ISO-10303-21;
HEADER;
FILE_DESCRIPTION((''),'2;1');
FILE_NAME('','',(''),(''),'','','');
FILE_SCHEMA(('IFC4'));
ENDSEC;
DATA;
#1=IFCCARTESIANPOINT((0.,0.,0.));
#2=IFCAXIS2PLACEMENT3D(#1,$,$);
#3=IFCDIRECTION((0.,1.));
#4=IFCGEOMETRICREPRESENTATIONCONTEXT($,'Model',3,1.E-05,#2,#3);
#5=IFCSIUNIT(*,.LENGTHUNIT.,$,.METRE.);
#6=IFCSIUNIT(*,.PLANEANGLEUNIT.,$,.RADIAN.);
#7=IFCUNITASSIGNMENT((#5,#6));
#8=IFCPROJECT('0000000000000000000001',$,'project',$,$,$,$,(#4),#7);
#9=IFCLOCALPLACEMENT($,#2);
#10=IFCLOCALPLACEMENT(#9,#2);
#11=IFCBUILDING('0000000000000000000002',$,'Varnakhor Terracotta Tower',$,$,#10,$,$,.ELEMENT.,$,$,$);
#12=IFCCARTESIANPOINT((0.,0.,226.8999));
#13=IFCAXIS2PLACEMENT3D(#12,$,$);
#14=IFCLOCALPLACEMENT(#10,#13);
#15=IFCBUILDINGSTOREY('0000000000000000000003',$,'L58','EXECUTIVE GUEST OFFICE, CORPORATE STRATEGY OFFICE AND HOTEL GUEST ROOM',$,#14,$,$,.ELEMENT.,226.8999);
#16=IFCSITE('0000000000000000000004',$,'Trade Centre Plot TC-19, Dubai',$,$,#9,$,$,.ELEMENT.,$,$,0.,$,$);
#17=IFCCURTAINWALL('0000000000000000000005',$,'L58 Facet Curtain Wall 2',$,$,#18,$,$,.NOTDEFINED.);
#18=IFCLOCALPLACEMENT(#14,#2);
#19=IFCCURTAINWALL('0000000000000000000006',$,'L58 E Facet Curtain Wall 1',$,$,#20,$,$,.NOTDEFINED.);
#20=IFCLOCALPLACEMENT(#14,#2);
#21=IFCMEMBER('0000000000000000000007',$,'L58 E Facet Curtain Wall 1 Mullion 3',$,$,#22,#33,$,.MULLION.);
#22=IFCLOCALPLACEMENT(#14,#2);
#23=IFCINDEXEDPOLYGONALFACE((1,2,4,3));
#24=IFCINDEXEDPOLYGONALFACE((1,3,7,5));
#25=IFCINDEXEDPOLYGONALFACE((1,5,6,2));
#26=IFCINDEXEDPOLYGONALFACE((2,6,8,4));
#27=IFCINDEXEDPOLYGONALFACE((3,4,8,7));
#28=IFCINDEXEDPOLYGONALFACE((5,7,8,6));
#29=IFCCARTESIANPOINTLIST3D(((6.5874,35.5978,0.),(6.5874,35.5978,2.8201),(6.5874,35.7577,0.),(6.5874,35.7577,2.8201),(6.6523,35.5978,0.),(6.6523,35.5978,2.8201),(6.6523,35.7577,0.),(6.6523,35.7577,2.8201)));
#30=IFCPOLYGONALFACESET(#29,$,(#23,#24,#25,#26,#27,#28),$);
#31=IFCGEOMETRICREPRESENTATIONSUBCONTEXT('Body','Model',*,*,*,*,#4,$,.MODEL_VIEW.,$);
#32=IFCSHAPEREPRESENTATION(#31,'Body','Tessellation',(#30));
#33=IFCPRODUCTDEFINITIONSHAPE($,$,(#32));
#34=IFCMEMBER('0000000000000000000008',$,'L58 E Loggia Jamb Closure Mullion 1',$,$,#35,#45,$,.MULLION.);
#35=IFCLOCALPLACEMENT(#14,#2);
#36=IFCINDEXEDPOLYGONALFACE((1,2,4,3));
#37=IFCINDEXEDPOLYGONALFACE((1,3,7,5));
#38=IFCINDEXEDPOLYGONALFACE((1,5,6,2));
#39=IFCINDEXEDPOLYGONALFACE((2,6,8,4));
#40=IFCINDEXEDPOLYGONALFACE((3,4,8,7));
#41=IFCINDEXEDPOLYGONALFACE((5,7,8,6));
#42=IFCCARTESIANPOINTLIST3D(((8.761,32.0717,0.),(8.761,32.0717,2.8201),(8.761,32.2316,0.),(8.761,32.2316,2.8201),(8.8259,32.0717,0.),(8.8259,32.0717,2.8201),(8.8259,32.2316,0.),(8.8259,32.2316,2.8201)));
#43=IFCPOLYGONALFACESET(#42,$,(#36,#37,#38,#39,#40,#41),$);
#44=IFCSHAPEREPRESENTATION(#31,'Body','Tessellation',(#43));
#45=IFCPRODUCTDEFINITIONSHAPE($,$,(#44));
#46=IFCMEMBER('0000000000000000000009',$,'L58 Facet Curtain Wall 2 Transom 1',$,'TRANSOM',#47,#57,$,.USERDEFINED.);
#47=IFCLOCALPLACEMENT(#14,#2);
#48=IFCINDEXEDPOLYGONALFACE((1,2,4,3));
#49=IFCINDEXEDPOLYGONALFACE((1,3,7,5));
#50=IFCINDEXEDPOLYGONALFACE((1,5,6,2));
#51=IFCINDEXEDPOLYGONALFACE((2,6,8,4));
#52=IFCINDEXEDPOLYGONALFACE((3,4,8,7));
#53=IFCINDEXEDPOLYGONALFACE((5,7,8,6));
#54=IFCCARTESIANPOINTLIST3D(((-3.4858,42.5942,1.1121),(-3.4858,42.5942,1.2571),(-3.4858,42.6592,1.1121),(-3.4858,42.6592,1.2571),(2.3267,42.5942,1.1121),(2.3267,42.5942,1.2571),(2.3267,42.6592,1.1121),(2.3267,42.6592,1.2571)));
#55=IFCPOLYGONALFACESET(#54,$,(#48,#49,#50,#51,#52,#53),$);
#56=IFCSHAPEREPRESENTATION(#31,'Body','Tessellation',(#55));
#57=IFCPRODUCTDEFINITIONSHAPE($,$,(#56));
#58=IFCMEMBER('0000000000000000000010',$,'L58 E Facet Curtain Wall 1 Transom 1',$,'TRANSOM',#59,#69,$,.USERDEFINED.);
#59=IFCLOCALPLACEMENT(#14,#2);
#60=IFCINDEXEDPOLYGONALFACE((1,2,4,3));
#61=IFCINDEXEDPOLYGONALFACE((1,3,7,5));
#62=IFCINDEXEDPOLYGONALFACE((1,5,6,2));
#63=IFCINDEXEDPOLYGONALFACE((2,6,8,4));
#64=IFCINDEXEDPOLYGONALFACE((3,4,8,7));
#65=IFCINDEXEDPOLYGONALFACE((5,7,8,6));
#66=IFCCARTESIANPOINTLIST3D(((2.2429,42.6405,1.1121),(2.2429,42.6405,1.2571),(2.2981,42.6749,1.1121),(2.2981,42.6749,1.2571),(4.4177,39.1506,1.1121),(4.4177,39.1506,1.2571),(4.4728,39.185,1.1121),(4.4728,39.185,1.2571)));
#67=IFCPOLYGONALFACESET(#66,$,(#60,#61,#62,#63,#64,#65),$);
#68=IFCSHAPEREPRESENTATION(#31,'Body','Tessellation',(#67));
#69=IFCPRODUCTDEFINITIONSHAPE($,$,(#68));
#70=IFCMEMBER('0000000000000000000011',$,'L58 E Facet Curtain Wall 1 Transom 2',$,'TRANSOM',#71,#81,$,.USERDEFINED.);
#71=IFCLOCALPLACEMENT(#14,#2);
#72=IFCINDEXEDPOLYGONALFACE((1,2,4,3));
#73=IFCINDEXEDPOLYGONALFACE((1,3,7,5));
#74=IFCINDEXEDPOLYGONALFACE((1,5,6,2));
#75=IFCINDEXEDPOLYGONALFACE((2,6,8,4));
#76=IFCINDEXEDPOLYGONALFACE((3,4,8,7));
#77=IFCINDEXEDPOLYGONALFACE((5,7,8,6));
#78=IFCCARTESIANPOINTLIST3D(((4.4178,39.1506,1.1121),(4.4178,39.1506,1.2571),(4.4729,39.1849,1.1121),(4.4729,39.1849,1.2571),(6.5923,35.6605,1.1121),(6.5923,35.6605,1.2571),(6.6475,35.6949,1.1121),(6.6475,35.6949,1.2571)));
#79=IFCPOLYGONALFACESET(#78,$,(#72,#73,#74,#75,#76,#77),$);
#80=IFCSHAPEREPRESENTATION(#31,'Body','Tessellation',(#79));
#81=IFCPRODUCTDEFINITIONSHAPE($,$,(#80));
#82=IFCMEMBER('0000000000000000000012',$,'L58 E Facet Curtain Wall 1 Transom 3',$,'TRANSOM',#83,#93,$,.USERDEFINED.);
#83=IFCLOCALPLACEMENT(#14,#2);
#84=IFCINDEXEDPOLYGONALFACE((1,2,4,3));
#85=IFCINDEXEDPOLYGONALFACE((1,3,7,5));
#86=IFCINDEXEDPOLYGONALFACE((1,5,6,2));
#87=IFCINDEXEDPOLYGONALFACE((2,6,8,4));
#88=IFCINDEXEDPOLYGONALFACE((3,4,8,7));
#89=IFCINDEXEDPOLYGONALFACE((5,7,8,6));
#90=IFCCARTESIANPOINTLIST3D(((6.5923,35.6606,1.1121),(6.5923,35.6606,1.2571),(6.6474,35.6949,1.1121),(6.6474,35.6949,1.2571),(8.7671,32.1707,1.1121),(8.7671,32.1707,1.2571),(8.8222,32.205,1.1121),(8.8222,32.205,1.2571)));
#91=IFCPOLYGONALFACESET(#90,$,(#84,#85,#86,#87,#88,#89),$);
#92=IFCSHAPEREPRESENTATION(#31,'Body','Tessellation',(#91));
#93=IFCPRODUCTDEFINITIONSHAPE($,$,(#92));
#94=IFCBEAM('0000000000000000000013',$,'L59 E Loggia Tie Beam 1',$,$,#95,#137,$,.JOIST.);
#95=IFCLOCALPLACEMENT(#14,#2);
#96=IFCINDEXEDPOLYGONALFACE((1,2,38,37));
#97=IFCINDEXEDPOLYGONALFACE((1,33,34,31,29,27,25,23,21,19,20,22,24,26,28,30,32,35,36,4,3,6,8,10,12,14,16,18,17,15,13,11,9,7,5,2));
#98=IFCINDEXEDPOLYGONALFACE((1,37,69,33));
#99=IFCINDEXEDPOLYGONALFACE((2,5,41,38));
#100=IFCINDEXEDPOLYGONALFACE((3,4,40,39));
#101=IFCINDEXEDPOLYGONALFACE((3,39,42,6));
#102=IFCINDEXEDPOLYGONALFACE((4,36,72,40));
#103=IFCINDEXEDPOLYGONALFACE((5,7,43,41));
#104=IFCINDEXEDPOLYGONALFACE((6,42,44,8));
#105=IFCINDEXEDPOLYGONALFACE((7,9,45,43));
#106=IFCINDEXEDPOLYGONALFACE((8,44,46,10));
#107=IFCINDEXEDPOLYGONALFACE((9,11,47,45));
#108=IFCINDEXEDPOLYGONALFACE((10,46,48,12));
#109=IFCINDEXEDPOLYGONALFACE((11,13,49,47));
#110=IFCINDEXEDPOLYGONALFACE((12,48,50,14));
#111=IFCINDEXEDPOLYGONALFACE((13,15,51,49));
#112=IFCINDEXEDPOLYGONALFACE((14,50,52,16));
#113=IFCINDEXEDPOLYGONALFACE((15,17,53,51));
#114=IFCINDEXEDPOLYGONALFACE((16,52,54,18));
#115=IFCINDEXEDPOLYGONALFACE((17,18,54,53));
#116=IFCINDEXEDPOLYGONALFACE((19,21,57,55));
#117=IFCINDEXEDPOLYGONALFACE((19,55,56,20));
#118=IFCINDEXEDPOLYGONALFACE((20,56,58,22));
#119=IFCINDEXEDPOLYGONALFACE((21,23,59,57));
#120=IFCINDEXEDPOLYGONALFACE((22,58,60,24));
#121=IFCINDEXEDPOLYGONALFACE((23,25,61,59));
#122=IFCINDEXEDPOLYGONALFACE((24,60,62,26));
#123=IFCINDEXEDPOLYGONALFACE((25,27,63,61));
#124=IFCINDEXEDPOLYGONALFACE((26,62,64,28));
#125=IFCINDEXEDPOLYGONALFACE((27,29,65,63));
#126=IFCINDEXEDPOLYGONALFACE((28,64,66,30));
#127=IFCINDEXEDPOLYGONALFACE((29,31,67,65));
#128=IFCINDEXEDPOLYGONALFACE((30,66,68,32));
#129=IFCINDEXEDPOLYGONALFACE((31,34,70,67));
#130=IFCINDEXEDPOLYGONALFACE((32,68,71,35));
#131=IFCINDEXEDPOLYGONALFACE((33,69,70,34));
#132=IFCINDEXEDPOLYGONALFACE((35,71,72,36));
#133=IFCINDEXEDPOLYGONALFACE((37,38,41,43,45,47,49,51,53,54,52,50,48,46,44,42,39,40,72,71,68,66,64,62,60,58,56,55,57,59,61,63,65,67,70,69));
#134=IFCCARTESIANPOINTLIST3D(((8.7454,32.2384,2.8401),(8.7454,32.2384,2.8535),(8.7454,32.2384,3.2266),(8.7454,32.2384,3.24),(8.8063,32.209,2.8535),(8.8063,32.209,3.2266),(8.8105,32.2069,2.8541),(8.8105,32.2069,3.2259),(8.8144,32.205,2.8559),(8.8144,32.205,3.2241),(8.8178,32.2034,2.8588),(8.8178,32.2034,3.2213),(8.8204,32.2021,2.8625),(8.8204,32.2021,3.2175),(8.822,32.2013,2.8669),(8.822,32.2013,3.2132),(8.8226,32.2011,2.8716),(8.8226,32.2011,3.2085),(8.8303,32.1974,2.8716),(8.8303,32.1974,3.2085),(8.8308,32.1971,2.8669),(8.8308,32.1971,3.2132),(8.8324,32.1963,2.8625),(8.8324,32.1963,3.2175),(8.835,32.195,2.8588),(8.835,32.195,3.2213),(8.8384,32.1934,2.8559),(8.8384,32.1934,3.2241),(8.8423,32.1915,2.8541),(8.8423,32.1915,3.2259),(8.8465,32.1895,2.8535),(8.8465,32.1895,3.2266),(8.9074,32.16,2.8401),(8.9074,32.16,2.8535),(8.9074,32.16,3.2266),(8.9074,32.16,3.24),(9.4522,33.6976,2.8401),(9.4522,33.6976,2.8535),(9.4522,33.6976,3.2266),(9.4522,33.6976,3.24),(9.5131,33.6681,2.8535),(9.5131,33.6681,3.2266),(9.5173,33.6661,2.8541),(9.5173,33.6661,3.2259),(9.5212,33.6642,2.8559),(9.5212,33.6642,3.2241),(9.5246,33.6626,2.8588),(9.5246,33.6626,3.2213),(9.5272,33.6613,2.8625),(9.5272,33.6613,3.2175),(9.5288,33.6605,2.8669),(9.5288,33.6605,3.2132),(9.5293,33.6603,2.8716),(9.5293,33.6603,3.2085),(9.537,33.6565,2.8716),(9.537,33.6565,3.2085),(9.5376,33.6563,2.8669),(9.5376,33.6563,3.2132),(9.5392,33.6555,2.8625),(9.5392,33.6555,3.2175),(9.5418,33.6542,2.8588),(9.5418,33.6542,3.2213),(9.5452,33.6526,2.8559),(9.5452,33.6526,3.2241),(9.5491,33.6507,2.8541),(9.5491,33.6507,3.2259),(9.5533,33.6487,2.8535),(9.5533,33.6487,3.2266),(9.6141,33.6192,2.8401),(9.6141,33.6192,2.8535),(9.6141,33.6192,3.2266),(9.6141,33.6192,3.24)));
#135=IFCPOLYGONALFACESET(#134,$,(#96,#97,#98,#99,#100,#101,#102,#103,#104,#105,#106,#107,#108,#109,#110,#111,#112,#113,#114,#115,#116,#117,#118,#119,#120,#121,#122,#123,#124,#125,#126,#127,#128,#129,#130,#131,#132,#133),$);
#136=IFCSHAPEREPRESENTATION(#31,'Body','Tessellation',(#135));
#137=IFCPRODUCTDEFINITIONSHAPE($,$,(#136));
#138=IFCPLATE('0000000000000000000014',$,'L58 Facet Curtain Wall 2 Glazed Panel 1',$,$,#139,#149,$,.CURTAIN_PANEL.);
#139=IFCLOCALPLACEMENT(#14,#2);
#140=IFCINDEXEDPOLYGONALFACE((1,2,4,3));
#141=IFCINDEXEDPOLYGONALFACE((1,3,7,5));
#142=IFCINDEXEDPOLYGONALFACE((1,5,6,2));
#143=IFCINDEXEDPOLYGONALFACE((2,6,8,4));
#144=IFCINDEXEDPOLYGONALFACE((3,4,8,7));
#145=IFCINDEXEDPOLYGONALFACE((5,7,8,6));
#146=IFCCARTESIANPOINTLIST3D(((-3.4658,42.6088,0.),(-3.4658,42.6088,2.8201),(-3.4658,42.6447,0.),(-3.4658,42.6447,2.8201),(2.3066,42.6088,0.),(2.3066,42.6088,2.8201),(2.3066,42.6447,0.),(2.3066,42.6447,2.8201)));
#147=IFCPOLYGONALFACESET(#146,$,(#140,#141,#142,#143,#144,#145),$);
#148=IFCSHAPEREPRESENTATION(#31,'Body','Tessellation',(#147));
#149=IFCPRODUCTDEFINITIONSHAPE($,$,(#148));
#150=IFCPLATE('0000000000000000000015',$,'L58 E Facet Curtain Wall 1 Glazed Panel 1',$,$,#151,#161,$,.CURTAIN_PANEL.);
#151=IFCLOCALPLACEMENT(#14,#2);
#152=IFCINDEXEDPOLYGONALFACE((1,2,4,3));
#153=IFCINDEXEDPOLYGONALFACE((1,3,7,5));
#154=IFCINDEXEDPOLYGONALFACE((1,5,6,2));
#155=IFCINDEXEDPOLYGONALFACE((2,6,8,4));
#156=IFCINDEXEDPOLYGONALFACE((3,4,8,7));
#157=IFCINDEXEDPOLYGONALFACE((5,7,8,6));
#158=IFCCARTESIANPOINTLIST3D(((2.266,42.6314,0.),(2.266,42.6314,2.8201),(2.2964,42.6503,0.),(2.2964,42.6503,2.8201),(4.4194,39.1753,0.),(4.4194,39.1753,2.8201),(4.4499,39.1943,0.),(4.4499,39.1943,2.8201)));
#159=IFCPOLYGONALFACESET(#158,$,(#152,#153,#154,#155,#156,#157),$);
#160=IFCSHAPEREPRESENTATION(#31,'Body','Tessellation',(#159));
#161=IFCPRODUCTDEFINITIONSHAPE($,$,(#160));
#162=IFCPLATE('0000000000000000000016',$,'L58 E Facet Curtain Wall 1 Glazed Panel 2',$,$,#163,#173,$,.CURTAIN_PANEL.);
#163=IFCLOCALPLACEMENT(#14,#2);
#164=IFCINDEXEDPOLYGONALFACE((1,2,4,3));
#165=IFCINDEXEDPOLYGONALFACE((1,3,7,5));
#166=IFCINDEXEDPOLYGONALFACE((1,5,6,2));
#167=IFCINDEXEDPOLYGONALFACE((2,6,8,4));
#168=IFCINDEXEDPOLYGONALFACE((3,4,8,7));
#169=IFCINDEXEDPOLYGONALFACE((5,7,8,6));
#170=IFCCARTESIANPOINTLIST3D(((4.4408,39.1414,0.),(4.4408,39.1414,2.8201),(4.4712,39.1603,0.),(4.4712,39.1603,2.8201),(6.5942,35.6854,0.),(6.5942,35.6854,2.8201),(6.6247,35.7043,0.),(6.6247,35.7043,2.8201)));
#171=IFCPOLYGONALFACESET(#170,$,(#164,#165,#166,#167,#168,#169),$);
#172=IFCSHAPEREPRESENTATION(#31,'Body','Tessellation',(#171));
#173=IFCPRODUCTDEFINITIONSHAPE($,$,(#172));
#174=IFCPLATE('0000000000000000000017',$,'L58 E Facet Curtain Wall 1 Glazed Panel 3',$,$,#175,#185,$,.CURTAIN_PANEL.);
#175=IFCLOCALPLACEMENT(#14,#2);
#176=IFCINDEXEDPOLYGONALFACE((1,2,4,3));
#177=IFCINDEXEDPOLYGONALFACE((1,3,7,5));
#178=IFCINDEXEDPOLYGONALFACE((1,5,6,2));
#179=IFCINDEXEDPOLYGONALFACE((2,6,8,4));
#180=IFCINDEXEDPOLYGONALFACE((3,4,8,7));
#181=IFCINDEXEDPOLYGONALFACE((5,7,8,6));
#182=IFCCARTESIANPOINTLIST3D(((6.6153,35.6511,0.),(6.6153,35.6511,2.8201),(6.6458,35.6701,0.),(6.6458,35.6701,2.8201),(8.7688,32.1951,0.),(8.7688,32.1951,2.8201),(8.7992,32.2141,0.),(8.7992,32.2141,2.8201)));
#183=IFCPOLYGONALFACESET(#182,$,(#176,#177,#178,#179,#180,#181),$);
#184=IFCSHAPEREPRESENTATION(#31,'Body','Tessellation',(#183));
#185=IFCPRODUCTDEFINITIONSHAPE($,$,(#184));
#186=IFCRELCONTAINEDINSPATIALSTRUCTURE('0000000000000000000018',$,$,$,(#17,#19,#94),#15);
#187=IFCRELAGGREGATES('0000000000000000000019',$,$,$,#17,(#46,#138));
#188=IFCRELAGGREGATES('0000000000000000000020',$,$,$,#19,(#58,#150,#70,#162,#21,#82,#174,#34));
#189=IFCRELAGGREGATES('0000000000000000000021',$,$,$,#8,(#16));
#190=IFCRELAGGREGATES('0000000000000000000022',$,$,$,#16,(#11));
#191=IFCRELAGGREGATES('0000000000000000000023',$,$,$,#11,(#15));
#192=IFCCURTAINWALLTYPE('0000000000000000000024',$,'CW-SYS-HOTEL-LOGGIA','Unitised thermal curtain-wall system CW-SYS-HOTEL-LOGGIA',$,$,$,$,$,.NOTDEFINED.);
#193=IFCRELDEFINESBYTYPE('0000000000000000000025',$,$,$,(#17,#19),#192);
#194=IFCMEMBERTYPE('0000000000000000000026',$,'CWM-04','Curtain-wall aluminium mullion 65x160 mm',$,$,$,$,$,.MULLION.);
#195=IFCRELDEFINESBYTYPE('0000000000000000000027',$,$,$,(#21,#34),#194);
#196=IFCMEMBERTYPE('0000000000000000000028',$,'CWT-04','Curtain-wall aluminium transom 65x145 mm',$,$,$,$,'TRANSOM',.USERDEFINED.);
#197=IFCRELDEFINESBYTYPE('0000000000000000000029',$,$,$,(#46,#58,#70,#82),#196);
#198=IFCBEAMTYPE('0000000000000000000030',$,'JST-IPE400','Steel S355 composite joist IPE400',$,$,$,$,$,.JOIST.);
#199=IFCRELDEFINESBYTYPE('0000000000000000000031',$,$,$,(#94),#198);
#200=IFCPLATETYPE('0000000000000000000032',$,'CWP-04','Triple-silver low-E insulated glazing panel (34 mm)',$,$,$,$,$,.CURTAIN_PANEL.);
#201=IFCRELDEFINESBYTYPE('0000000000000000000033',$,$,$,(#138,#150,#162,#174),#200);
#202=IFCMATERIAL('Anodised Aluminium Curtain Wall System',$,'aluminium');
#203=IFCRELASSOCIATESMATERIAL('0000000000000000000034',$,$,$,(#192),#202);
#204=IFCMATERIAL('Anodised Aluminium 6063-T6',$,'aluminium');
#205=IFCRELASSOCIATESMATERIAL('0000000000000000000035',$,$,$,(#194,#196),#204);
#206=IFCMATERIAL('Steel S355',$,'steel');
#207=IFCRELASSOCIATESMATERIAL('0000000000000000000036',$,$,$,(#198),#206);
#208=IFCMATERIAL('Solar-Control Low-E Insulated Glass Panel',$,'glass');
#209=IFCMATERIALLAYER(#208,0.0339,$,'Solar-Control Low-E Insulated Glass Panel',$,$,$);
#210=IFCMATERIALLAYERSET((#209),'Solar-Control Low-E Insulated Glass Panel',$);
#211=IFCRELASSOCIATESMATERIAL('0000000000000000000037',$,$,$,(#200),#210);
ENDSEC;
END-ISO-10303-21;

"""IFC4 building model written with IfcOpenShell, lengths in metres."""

from ifc_helpers import new_model, si_unit, direction, frame, origin, origin_2d, place, context, subcontext, project, spatial, rectangle, i_section, extrude, source, transform, mapped, material, layer, layer_set, material_profile, profile_set, type_object, type_shapes, element, aggregate, save


model = new_model("IFC4")

# Units and contexts
model_context = context("Model", 3, precision=1e-05, world=origin(), true_north=direction((0.0, 1.0)))
body_context = subcontext(model_context, "Body", "Model", "MODEL_VIEW")
ifc_project = project(units=[si_unit("LENGTHUNIT", "METRE"), si_unit("PLANEANGLEUNIT", "RADIAN")], contexts=[model_context])

# Site, building, storey
site_placement = place(None, origin())
site = spatial("IfcSite", under=ifc_project, at=site_placement, Name="Trade Centre Plot TC-19, Dubai", CompositionType="ELEMENT", RefElevation=0.0)
building_placement = place(site_placement, origin())
building = spatial("IfcBuilding", under=site, at=building_placement, Name="Varnakhor Terracotta Tower", CompositionType="ELEMENT")
storey_placement = place(building_placement, frame((0.0, 0.0, 226.8999)))
storey = spatial("IfcBuildingStorey", under=building, at=storey_placement, Name="L58", Description="EXECUTIVE GUEST OFFICE, CORPORATE STRATEGY OFFICE AND HOTEL GUEST ROOM", CompositionType="ELEMENT", Elevation=226.8999)

# Shared definitions
ifc_material_1 = material(Name="Steel S355", Category="steel")

# Curtain wall
ifc_material_2 = material(Name="Anodised Aluminium Curtain Wall System", Category="aluminium")
curtain_wall_type = type_object("IfcCurtainWallType", Name="CW-SYS-HOTEL-LOGGIA", Description="Unitised thermal curtain-wall system CW-SYS-HOTEL-LOGGIA", PredefinedType="NOTDEFINED", material=ifc_material_2)
curtain_wall_1_placement = place(storey_placement, origin())
curtain_wall_1 = element("IfcCurtainWall", 1, at=curtain_wall_1_placement, inside=storey, type_object=curtain_wall_type, Name="L58 Facet Curtain Wall 2", PredefinedType="NOTDEFINED")
ifc_material_3 = material(Name="Anodised Aluminium 6063-T6", Category="aluminium")
ifc_material_profile_1 = material_profile(ifc_material_3, rectangle(XDim=0.0649, YDim=0.1599, at=origin_2d()), Name="ALU MULLION 65x160")
ifc_profile_set_1 = profile_set([ifc_material_profile_1], Name="Anodised Aluminium 6063-T6")
member_type_1 = type_object("IfcMemberType", Name="CWM-04", Description="Curtain-wall aluminium mullion 65x160 mm", PredefinedType="MULLION", material=ifc_profile_set_1)
shared_shape_1 = source(origin(), body_context, "Body", "SweptSolid", [
    extrude(rectangle(XDim=0.0649, YDim=0.1599, at=origin_2d()), origin(), (0.0, 0.0, 1.0), 2.8201),
])
type_shapes(member_type_1, [shared_shape_1])

# Curtain wall, members
curtain_wall_2_placement = place(storey_placement, origin())
curtain_wall_2 = element("IfcCurtainWall", 2, at=curtain_wall_2_placement, inside=storey, type_object=curtain_wall_type, Name="L58 E Facet Curtain Wall 1", PredefinedType="NOTDEFINED")
member_1_placement = place(storey_placement, frame((6.6199, 35.6777, 0.0), z_axis=(0.0, 0.0, 1.0), x_axis=(1.0, 0.0, 0.0)))
member_1 = element("IfcMember", 3, at=member_1_placement, type_object=member_type_1, Name="L58 E Facet Curtain Wall 1 Mullion 3", PredefinedType="MULLION", context=body_context, shape_type="MappedRepresentation", body=[
    mapped(shared_shape_1, transform((0.0, 0.0, 0.0), scale=1.0)),
])
member_2_placement = place(storey_placement, frame((8.7935, 32.1516, 0.0), z_axis=(0.0, 0.0, 1.0), x_axis=(1.0, 0.0, 0.0)))
member_2 = element("IfcMember", 4, at=member_2_placement, type_object=member_type_1, Name="L58 E Loggia Jamb Closure Mullion 1", PredefinedType="MULLION", context=body_context, shape_type="MappedRepresentation", body=[
    mapped(shared_shape_1, transform((0.0, 0.0, 0.0), scale=1.0)),
])

# Members
ifc_material_profile_2 = material_profile(ifc_material_3, rectangle(XDim=0.0649, YDim=0.145, at=origin_2d()), Name="ALU TRANSOM 65x145")
ifc_profile_set_2 = profile_set([ifc_material_profile_2], Name="Anodised Aluminium 6063-T6")
member_type_2 = type_object("IfcMemberType", Name="CWT-04", Description="Curtain-wall aluminium transom 65x145 mm", ElementType="TRANSOM", PredefinedType="USERDEFINED", material=ifc_profile_set_2)
shared_shape_2 = source(origin(), body_context, "Body", "SweptSolid", [
    extrude(rectangle(XDim=0.0649, YDim=0.145, at=origin_2d()), origin(), (0.0, 0.0, 1.0), 5.8125),
])
member_3_placement = place(storey_placement, frame((-3.4858, 42.6267, 1.1846), z_axis=(1.0, 0.0, 0.0), x_axis=(0.0, 1.0, 0.0)))
member_3 = element("IfcMember", 5, at=member_3_placement, type_object=member_type_2, Name="L58 Facet Curtain Wall 2 Transom 1", ObjectType="TRANSOM", PredefinedType="USERDEFINED", context=body_context, shape_type="MappedRepresentation", body=[
    mapped(shared_shape_2, transform((0.0, 0.0, 0.0), scale=1.0)),
])
shared_shape_3 = source(origin(), body_context, "Body", "SweptSolid", [
    extrude(rectangle(XDim=0.0649, YDim=0.145, at=origin_2d()), origin(), (0.0, 0.0, 1.0), 4.1121),
])
member_4_placement = place(storey_placement, frame((2.2705, 42.6577, 1.1846), z_axis=(0.528872, -0.848701, 0.0), x_axis=(0.848701, 0.528872, 0.0)))
member_4 = element("IfcMember", 6, at=member_4_placement, type_object=member_type_2, Name="L58 E Facet Curtain Wall 1 Transom 1", ObjectType="TRANSOM", PredefinedType="USERDEFINED", context=body_context, shape_type="MappedRepresentation", body=[
    mapped(shared_shape_3, transform((0.0, 0.0, 0.0), scale=1.0)),
])
member_5_placement = place(storey_placement, frame((4.4453, 39.1677, 1.1846), z_axis=(0.52883, -0.848728, 0.0), x_axis=(0.848728, 0.52883, 0.0)))
member_5 = element("IfcMember", 7, at=member_5_placement, type_object=member_type_2, Name="L58 E Facet Curtain Wall 1 Transom 2", ObjectType="TRANSOM", PredefinedType="USERDEFINED", context=body_context, shape_type="MappedRepresentation", body=[
    mapped(shared_shape_3, transform((0.0, 0.0, 0.0), scale=1.0)),
])
member_6_placement = place(storey_placement, frame((6.6199, 35.6777, 1.1846), z_axis=(0.528872, -0.848701, 0.0), x_axis=(0.848701, 0.528872, 0.0)))
member_6 = element("IfcMember", 8, at=member_6_placement, type_object=member_type_2, Name="L58 E Facet Curtain Wall 1 Transom 3", ObjectType="TRANSOM", PredefinedType="USERDEFINED", context=body_context, shape_type="MappedRepresentation", body=[
    mapped(shared_shape_3, transform((0.0, 0.0, 0.0), scale=1.0)),
])

# Beam
ifc_material_profile_3 = material_profile(ifc_material_1, i_section(OverallWidth=0.1799, OverallDepth=0.3999, WebThickness=0.0085, FlangeThickness=0.0134, FilletRadius=0.0181, at=origin_2d()), Name="IPE400")
ifc_profile_set_3 = profile_set([ifc_material_profile_3], Name="Steel S355")
beam_type_1 = type_object("IfcBeamType", Name="JST-IPE400", Description="Steel S355 composite joist IPE400", PredefinedType="JOIST", material=ifc_profile_set_3)
shared_shape_4 = source(origin(), body_context, "Body", "SweptSolid", [
    extrude(i_section(OverallWidth=0.1799, OverallDepth=0.3999, WebThickness=0.0085, FlangeThickness=0.0134, FilletRadius=0.0181, at=origin_2d()), origin(), (0.0, 0.0, 1.0), 1.6213),
])
beam_1_placement = place(storey_placement, frame((8.8264, 32.1992, 3.04), z_axis=(0.435915, 0.899988, 0.0), x_axis=(-0.899988, 0.435915, 0.0)))
element("IfcBeam", 9, at=beam_1_placement, inside=storey, type_object=beam_type_1, Name="L59 E Loggia Tie Beam 1", PredefinedType="JOIST", context=body_context, shape_type="MappedRepresentation", body=[
    mapped(shared_shape_4, transform((0.0, 0.0, 0.0), scale=1.0)),
])

# Plates
ifc_material_4 = material(Name="Solar-Control Low-E Insulated Glass Panel", Category="glass")
ifc_layer_1 = layer(ifc_material_4, 0.0339, Name="Solar-Control Low-E Insulated Glass Panel")
ifc_layer_set_1 = layer_set([ifc_layer_1], Name="Solar-Control Low-E Insulated Glass Panel")
plate_type = type_object("IfcPlateType", Name="CWP-04", Description="Triple-silver low-E insulated glazing panel (34 mm)", PredefinedType="CURTAIN_PANEL", material=ifc_layer_set_1)
shared_shape_5 = source(origin(), body_context, "Body", "SweptSolid", [
    extrude(rectangle(XDim=5.7725, YDim=0.0359, at=origin_2d()), origin(), (0.0, 0.0, 1.0), 2.8201),
])
plate_1_placement = place(storey_placement, frame((-0.5796, 42.6267, 0.0), z_axis=(0.0, 0.0, 1.0), x_axis=(1.0, 0.0, 0.0)))
plate_1 = element("IfcPlate", 10, at=plate_1_placement, type_object=plate_type, Name="L58 Facet Curtain Wall 2 Glazed Panel 1", PredefinedType="CURTAIN_PANEL", context=body_context, shape_type="MappedRepresentation", body=[
    mapped(shared_shape_5, transform((0.0, 0.0, 0.0), scale=1.0)),
])
aggregate(curtain_wall_1, [member_3, plate_1])
shared_shape_6 = source(origin(), body_context, "Body", "SweptSolid", [
    extrude(rectangle(XDim=4.072, YDim=0.0359, at=origin_2d()), origin(), (0.0, 0.0, 1.0), 2.8201),
])
plate_2_placement = place(storey_placement, frame((3.3579, 40.9128, 0.0), z_axis=(0.0, 0.0, 1.0), x_axis=(0.528838, -0.848723, 0.0)))
plate_2 = element("IfcPlate", 11, at=plate_2_placement, type_object=plate_type, Name="L58 E Facet Curtain Wall 1 Glazed Panel 1", PredefinedType="CURTAIN_PANEL", context=body_context, shape_type="MappedRepresentation", body=[
    mapped(shared_shape_6, transform((0.0, 0.0, 0.0), scale=1.0)),
])
plate_3_placement = place(storey_placement, frame((5.5327, 37.4229, 0.0), z_axis=(0.0, 0.0, 1.0), x_axis=(0.528838, -0.848723, 0.0)))
plate_3 = element("IfcPlate", 12, at=plate_3_placement, type_object=plate_type, Name="L58 E Facet Curtain Wall 1 Glazed Panel 2", PredefinedType="CURTAIN_PANEL", context=body_context, shape_type="MappedRepresentation", body=[
    mapped(shared_shape_6, transform((0.0, 0.0, 0.0), scale=1.0)),
])
plate_4_placement = place(storey_placement, frame((7.7073, 33.9326, 0.0), z_axis=(0.0, 0.0, 1.0), x_axis=(0.528838, -0.848723, 0.0)))
plate_4 = element("IfcPlate", 13, at=plate_4_placement, type_object=plate_type, Name="L58 E Facet Curtain Wall 1 Glazed Panel 3", PredefinedType="CURTAIN_PANEL", context=body_context, shape_type="MappedRepresentation", body=[
    mapped(shared_shape_6, transform((0.0, 0.0, 0.0), scale=1.0)),
])
aggregate(curtain_wall_2, [member_4, plate_2, member_5, plate_3, member_1, member_6, plate_4, member_2])

save(model, "model.ifc")
